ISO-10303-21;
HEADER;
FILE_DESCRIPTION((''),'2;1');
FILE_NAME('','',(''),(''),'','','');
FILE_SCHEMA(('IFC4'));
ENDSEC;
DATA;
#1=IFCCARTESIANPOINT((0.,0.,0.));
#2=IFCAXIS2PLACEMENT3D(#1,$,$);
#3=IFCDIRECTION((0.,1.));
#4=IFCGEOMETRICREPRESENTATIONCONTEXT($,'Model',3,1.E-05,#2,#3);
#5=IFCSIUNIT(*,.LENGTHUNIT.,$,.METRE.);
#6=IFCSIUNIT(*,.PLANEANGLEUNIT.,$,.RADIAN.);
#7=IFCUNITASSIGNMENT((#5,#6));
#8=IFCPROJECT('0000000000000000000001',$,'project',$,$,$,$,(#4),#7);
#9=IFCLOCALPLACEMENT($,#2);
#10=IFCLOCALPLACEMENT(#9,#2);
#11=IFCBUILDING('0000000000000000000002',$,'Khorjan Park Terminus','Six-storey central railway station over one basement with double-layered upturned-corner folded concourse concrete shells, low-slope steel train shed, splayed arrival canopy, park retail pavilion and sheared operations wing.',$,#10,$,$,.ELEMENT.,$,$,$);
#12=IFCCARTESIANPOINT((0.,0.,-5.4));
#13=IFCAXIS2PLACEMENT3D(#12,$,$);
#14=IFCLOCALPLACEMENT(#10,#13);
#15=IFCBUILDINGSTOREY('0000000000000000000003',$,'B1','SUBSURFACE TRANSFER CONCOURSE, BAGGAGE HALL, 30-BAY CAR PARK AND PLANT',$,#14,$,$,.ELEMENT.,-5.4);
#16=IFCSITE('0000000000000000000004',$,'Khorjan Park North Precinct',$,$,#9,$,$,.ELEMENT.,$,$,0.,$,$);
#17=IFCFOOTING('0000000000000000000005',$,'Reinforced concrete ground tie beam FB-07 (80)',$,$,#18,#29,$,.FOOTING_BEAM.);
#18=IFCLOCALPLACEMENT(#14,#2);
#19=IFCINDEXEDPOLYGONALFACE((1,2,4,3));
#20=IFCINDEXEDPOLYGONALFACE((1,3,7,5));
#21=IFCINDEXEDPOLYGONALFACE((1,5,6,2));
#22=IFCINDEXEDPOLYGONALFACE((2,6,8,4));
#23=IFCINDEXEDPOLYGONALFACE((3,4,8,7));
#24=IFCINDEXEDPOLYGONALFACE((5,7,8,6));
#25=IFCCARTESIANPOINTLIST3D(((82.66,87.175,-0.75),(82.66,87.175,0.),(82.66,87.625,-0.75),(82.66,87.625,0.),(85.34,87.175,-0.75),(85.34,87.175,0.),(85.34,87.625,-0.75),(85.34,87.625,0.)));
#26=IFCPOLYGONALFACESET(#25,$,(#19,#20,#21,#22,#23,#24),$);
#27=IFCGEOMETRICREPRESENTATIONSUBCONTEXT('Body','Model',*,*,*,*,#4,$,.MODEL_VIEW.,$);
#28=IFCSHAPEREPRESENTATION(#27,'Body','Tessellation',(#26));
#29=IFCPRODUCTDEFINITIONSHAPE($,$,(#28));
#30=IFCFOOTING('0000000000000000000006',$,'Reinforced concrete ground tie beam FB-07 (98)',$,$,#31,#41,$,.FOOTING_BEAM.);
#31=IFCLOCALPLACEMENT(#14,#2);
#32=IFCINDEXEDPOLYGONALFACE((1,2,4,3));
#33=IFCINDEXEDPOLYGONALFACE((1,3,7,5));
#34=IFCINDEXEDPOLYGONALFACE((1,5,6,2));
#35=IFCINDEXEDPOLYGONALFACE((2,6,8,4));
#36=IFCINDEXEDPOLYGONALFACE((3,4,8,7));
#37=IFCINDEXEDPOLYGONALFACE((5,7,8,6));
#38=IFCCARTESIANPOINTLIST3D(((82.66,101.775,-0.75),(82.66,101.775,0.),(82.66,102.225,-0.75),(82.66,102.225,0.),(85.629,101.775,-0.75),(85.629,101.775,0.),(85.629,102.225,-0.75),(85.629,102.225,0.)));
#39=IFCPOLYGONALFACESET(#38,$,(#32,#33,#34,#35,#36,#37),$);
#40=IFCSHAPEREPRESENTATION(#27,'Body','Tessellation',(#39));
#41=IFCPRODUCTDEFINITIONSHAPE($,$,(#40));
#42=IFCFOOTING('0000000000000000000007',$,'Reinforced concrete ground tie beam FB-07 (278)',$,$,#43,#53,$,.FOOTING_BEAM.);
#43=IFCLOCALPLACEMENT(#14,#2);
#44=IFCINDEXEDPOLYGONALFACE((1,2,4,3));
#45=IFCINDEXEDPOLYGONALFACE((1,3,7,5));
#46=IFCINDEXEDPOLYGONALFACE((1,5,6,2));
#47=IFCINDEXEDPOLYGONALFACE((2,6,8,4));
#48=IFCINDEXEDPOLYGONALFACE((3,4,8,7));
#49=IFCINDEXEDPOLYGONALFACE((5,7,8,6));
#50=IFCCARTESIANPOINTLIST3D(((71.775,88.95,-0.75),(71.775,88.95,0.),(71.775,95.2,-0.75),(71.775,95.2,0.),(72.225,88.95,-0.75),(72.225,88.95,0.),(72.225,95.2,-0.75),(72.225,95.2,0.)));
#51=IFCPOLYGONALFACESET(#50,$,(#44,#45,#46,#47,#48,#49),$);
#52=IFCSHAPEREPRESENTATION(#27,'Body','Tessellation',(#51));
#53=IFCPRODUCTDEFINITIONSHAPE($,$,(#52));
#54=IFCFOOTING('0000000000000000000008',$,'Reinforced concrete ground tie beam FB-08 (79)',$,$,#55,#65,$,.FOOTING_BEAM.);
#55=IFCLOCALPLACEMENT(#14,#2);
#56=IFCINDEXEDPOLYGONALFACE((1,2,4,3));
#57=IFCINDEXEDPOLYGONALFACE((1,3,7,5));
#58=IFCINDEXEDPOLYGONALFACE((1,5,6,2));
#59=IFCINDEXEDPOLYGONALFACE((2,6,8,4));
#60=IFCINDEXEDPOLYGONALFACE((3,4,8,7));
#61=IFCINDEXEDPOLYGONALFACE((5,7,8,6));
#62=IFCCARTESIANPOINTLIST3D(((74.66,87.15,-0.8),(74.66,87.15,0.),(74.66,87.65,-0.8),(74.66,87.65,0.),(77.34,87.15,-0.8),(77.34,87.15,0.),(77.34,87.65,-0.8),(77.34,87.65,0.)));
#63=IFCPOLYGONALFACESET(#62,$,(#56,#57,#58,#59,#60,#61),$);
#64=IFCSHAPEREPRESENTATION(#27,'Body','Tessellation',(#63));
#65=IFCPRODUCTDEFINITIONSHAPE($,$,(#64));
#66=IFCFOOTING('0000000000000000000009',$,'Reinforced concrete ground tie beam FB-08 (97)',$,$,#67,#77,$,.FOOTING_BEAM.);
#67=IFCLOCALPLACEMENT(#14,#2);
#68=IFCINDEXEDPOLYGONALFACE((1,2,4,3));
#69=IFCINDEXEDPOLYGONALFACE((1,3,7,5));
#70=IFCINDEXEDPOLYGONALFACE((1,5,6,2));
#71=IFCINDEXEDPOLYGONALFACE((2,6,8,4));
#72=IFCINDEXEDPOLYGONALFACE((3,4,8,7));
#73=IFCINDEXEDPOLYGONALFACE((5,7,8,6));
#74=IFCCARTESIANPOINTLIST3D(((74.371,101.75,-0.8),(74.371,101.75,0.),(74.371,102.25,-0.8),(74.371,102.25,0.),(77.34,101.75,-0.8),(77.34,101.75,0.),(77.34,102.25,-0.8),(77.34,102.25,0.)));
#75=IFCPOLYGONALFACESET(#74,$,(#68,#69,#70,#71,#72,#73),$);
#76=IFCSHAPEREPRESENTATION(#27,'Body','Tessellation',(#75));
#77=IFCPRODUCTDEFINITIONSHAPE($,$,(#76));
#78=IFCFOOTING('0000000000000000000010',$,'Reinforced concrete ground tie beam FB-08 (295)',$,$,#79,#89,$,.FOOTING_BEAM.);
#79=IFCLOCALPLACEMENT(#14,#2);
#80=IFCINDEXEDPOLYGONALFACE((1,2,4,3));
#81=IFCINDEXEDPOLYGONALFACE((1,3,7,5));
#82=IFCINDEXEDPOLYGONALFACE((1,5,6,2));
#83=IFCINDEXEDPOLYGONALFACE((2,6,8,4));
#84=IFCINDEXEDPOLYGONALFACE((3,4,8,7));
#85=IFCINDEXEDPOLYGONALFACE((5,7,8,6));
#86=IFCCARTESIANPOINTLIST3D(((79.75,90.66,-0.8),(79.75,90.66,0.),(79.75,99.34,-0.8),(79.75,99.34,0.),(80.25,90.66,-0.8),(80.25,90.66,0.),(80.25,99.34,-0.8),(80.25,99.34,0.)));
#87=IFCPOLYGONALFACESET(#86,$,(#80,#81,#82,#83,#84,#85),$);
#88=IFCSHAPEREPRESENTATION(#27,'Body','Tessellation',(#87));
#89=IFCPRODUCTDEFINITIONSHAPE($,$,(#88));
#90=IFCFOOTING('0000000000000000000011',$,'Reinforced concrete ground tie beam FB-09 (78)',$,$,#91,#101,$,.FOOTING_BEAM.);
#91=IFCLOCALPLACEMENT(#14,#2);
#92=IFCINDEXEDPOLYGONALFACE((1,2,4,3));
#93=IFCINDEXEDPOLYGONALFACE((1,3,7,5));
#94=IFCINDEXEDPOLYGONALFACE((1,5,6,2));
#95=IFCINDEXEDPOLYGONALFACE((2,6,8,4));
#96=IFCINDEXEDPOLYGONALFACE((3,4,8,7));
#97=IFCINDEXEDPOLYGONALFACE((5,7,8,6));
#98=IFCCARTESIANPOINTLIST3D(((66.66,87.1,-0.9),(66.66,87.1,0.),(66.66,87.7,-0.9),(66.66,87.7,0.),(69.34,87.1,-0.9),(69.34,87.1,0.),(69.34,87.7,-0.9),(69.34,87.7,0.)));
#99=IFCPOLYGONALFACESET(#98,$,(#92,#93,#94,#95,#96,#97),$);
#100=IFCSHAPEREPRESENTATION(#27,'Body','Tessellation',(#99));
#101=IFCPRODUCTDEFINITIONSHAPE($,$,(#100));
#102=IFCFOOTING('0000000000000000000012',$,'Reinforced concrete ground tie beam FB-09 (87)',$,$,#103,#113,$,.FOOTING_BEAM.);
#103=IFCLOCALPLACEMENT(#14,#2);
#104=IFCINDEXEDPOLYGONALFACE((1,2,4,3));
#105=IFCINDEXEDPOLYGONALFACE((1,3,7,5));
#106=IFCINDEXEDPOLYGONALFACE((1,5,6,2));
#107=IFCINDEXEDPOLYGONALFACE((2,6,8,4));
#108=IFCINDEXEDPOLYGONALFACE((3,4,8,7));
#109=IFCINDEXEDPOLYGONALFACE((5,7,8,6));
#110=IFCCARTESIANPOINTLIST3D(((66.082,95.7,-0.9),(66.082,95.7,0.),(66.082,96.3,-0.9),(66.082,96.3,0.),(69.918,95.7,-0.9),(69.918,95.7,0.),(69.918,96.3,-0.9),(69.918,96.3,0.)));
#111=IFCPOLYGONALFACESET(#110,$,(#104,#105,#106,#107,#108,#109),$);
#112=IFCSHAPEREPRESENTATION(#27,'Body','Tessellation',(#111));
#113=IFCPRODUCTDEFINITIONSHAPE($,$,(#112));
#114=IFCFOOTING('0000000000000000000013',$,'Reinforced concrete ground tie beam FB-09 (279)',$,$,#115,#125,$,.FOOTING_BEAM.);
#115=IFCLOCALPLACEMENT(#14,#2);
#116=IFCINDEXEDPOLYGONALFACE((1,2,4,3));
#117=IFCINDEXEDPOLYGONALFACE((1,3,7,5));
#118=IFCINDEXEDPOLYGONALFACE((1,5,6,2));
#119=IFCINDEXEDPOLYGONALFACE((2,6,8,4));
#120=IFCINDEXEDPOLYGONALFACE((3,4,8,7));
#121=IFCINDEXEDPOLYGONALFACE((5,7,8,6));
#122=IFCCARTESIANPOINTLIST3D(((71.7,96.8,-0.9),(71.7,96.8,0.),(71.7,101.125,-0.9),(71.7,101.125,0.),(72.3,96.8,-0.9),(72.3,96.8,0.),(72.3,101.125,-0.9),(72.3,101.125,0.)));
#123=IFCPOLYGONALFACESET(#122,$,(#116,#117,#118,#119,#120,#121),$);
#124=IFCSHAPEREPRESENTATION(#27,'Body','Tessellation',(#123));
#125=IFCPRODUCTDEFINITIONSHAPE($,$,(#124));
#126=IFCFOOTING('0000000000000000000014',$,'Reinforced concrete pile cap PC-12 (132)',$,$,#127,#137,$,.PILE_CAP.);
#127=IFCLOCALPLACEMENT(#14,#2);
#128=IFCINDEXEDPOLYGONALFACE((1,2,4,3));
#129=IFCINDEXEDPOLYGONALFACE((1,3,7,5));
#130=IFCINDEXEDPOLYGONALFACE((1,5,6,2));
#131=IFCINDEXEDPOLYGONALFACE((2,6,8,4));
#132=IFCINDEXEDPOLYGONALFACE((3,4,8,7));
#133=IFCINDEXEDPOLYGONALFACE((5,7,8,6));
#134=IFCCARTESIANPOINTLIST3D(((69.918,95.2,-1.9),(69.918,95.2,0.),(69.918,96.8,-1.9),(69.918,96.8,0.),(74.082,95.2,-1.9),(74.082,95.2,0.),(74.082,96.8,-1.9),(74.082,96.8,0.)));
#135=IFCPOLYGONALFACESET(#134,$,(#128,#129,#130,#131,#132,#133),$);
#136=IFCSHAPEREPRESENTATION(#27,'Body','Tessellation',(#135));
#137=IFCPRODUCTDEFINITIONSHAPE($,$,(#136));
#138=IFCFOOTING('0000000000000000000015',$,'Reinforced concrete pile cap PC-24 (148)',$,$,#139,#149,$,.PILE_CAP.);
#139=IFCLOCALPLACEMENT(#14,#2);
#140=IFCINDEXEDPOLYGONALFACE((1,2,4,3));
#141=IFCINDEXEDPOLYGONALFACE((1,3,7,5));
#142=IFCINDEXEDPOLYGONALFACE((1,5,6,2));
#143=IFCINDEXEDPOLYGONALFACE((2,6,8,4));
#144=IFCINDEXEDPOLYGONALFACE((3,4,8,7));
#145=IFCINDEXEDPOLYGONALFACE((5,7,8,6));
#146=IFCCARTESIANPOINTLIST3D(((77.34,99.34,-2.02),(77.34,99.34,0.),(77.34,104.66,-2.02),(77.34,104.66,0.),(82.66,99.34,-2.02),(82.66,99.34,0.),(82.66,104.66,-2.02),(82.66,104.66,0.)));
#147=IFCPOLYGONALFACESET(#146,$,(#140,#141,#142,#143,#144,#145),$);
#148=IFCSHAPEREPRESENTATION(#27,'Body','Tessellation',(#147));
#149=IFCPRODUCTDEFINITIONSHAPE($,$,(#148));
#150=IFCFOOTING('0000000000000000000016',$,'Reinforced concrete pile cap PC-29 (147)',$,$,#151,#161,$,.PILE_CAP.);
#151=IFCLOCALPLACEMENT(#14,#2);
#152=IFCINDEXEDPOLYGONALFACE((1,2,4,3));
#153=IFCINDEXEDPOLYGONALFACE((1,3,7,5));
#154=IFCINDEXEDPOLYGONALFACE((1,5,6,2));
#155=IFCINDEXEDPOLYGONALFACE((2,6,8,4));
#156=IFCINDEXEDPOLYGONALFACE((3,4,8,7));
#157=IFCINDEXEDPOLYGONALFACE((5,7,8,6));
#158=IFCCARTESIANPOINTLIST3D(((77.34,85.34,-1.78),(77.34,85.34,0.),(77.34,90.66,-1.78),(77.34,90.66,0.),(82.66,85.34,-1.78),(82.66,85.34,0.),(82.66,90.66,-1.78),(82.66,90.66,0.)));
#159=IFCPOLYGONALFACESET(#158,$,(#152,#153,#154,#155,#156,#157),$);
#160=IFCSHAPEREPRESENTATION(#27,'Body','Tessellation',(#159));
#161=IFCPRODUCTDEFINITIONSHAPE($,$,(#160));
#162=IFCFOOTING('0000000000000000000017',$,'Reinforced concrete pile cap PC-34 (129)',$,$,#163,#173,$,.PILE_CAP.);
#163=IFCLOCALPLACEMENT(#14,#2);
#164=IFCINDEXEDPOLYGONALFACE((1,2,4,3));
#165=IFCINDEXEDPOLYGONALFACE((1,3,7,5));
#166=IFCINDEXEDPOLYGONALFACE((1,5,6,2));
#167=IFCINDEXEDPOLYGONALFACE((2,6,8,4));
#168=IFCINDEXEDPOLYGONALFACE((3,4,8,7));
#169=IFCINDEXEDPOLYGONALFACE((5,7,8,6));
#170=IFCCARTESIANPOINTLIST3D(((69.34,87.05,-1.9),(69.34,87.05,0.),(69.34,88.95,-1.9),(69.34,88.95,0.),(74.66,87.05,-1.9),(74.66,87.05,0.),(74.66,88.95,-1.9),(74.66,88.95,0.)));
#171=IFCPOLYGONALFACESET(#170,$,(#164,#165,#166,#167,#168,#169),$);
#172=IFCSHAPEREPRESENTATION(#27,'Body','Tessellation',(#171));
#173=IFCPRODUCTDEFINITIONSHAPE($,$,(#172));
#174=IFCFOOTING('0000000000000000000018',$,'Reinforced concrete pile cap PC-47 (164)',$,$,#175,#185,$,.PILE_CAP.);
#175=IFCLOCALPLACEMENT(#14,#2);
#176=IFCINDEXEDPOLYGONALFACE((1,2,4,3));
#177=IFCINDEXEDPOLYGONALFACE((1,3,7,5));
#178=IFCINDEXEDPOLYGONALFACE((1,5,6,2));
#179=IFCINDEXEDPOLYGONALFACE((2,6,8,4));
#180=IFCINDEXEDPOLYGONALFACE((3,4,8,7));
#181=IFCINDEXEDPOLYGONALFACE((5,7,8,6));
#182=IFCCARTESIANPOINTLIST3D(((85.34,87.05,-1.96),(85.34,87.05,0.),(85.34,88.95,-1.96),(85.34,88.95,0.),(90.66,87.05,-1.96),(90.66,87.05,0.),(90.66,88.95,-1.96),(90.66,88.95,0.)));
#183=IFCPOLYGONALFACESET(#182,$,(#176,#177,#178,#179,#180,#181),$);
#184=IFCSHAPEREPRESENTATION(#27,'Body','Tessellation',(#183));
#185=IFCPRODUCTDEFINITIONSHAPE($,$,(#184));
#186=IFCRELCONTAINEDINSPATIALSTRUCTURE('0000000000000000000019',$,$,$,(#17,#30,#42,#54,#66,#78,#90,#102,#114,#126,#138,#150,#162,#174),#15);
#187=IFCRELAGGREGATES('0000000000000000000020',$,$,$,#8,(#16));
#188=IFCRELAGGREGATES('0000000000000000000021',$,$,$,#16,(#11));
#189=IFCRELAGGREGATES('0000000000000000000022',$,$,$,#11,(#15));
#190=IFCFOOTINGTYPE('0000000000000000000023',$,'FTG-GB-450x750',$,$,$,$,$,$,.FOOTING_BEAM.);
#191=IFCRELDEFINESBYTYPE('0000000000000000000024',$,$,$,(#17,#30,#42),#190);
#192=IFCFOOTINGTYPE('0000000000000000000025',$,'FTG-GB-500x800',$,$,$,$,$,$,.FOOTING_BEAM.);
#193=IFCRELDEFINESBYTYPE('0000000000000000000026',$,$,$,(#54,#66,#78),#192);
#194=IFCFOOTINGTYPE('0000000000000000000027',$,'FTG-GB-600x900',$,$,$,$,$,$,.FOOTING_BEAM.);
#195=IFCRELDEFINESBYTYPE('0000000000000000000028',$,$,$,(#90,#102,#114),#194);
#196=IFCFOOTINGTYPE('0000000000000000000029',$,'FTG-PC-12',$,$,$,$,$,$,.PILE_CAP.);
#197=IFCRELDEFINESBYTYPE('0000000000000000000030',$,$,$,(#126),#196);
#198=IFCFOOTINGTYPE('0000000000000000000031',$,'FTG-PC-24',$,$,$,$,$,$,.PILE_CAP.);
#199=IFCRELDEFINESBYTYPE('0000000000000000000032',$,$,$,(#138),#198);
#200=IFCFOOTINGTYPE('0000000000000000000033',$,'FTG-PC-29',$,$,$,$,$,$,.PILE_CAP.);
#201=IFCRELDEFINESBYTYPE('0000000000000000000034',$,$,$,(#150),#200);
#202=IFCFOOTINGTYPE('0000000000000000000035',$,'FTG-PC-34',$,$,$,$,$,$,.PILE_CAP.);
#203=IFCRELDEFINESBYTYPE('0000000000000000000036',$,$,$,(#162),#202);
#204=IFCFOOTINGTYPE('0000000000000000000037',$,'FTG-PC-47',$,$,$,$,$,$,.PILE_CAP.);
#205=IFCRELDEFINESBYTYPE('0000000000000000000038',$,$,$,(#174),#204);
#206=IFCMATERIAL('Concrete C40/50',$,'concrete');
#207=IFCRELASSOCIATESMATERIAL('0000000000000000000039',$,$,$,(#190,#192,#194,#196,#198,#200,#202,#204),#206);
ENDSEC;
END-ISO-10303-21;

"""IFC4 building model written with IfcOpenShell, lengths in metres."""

from ifc_helpers import new_model, si_unit, direction, frame, origin, origin_2d, place, context, subcontext, project, spatial, rectangle, extrude, material, material_profile, profile_set, type_object, element, save


model = new_model("IFC4")

# Units and contexts
model_context = context("Model", 3, precision=1e-05, world=origin(), true_north=direction((0.0, 1.0)))
body_context = subcontext(model_context, "Body", "Model", "MODEL_VIEW")
ifc_project = project(units=[si_unit("LENGTHUNIT", "METRE"), si_unit("PLANEANGLEUNIT", "RADIAN")], contexts=[model_context])

# Site, building, storey
site_placement = place(None, origin())
site = spatial("IfcSite", under=ifc_project, at=site_placement, Name="Khorjan Park North Precinct", CompositionType="ELEMENT", RefElevation=0.0)
building_placement = place(site_placement, origin())
building = spatial("IfcBuilding", under=site, at=building_placement, Name="Khorjan Park Terminus", Description="Six-storey central railway station over one basement with double-layered upturned-corner folded concourse concrete shells, low-slope steel train shed, splayed arrival canopy, park retail pavilion and sheared operations wing.", CompositionType="ELEMENT")
storey_placement = place(building_placement, frame((0.0, 0.0, -5.4)))
storey = spatial("IfcBuildingStorey", under=building, at=storey_placement, Name="B1", Description="SUBSURFACE TRANSFER CONCOURSE, BAGGAGE HALL, 30-BAY CAR PARK AND PLANT", CompositionType="ELEMENT", Elevation=-5.4)

# Footings
ifc_material_1 = material(Name="Concrete C40/50", Category="concrete")
ifc_material_profile_1 = material_profile(ifc_material_1, rectangle(XDim=0.45, YDim=0.75, at=origin_2d()), Name="RC 450x750")
ifc_profile_set_1 = profile_set([ifc_material_profile_1], Name="Concrete C40/50")
footing_type_1 = type_object("IfcFootingType", Name="FTG-GB-450x750", PredefinedType="FOOTING_BEAM", material=ifc_profile_set_1)
footing_1_placement = place(storey_placement, frame((82.66, 87.4, -0.375), z_axis=(1.0, 0.0, 0.0), x_axis=(0.0, 1.0, 0.0)))
element("IfcFooting", 1, at=footing_1_placement, inside=storey, type_object=footing_type_1, Name="Reinforced concrete ground tie beam FB-07 (80)", PredefinedType="FOOTING_BEAM", context=body_context, shape_type="SweptSolid", body=[
    extrude(rectangle(XDim=0.45, YDim=0.75, at=origin_2d()), origin(), (0.0, 0.0, 1.0), 2.68),
])
footing_2_placement = place(storey_placement, frame((82.66, 102.0, -0.375), z_axis=(1.0, 0.0, 0.0), x_axis=(0.0, 1.0, 0.0)))
element("IfcFooting", 2, at=footing_2_placement, inside=storey, type_object=footing_type_1, Name="Reinforced concrete ground tie beam FB-07 (98)", PredefinedType="FOOTING_BEAM", context=body_context, shape_type="SweptSolid", body=[
    extrude(rectangle(XDim=0.45, YDim=0.75, at=origin_2d()), origin(), (0.0, 0.0, 1.0), 2.969),
])
footing_3_placement = place(storey_placement, frame((72.0, 88.95, -0.375), z_axis=(0.0, 1.0, 0.0), x_axis=(-1.0, 0.0, 0.0)))
element("IfcFooting", 3, at=footing_3_placement, inside=storey, type_object=footing_type_1, Name="Reinforced concrete ground tie beam FB-07 (278)", PredefinedType="FOOTING_BEAM", context=body_context, shape_type="SweptSolid", body=[
    extrude(rectangle(XDim=0.45, YDim=0.75, at=origin_2d()), origin(), (0.0, 0.0, 1.0), 6.25),
])
ifc_material_profile_2 = material_profile(ifc_material_1, rectangle(XDim=0.5, YDim=0.8, at=origin_2d()), Name="RC 500x800")
ifc_profile_set_2 = profile_set([ifc_material_profile_2], Name="Concrete C40/50")
footing_type_2 = type_object("IfcFootingType", Name="FTG-GB-500x800", PredefinedType="FOOTING_BEAM", material=ifc_profile_set_2)
footing_4_placement = place(storey_placement, frame((74.66, 87.4, -0.4), z_axis=(1.0, 0.0, 0.0), x_axis=(0.0, 1.0, 0.0)))
element("IfcFooting", 4, at=footing_4_placement, inside=storey, type_object=footing_type_2, Name="Reinforced concrete ground tie beam FB-08 (79)", PredefinedType="FOOTING_BEAM", context=body_context, shape_type="SweptSolid", body=[
    extrude(rectangle(XDim=0.5, YDim=0.8, at=origin_2d()), origin(), (0.0, 0.0, 1.0), 2.68),
])
footing_5_placement = place(storey_placement, frame((74.371, 102.0, -0.4), z_axis=(1.0, 0.0, 0.0), x_axis=(0.0, 1.0, 0.0)))
element("IfcFooting", 5, at=footing_5_placement, inside=storey, type_object=footing_type_2, Name="Reinforced concrete ground tie beam FB-08 (97)", PredefinedType="FOOTING_BEAM", context=body_context, shape_type="SweptSolid", body=[
    extrude(rectangle(XDim=0.5, YDim=0.8, at=origin_2d()), origin(), (0.0, 0.0, 1.0), 2.969),
])
footing_6_placement = place(storey_placement, frame((80.0, 90.66, -0.4), z_axis=(0.0, 1.0, 0.0), x_axis=(-1.0, 0.0, 0.0)))
element("IfcFooting", 6, at=footing_6_placement, inside=storey, type_object=footing_type_2, Name="Reinforced concrete ground tie beam FB-08 (295)", PredefinedType="FOOTING_BEAM", context=body_context, shape_type="SweptSolid", body=[
    extrude(rectangle(XDim=0.5, YDim=0.8, at=origin_2d()), origin(), (0.0, 0.0, 1.0), 8.68),
])
ifc_material_profile_3 = material_profile(ifc_material_1, rectangle(XDim=0.6, YDim=0.9, at=origin_2d()), Name="RC 600x900")
ifc_profile_set_3 = profile_set([ifc_material_profile_3], Name="Concrete C40/50")
footing_type_3 = type_object("IfcFootingType", Name="FTG-GB-600x900", PredefinedType="FOOTING_BEAM", material=ifc_profile_set_3)
footing_7_placement = place(storey_placement, frame((66.66, 87.4, -0.45), z_axis=(1.0, 0.0, 0.0), x_axis=(0.0, 1.0, 0.0)))
element("IfcFooting", 7, at=footing_7_placement, inside=storey, type_object=footing_type_3, Name="Reinforced concrete ground tie beam FB-09 (78)", PredefinedType="FOOTING_BEAM", context=body_context, shape_type="SweptSolid", body=[
    extrude(rectangle(XDim=0.6, YDim=0.9, at=origin_2d()), origin(), (0.0, 0.0, 1.0), 2.68),
])
footing_8_placement = place(storey_placement, frame((66.082, 96.0, -0.45), z_axis=(1.0, 0.0, 0.0), x_axis=(0.0, 1.0, 0.0)))
element("IfcFooting", 8, at=footing_8_placement, inside=storey, type_object=footing_type_3, Name="Reinforced concrete ground tie beam FB-09 (87)", PredefinedType="FOOTING_BEAM", context=body_context, shape_type="SweptSolid", body=[
    extrude(rectangle(XDim=0.6, YDim=0.9, at=origin_2d()), origin(), (0.0, 0.0, 1.0), 3.836),
])
footing_9_placement = place(storey_placement, frame((72.0, 96.8, -0.45), z_axis=(0.0, 1.0, 0.0), x_axis=(-1.0, 0.0, 0.0)))
element("IfcFooting", 9, at=footing_9_placement, inside=storey, type_object=footing_type_3, Name="Reinforced concrete ground tie beam FB-09 (279)", PredefinedType="FOOTING_BEAM", context=body_context, shape_type="SweptSolid", body=[
    extrude(rectangle(XDim=0.6, YDim=0.9, at=origin_2d()), origin(), (0.0, 0.0, 1.0), 4.325),
])
footing_type_4 = type_object("IfcFootingType", Name="FTG-PC-12", PredefinedType="PILE_CAP", material=ifc_material_1)
footing_10_placement = place(storey_placement, frame((72.0, 96.0, -1.9), z_axis=(0.0, 0.0, 1.0), x_axis=(1.0, 0.0, 0.0)))
element("IfcFooting", 10, at=footing_10_placement, inside=storey, type_object=footing_type_4, Name="Reinforced concrete pile cap PC-12 (132)", PredefinedType="PILE_CAP", context=body_context, shape_type="SweptSolid", body=[
    extrude(rectangle(XDim=4.164, YDim=1.6, at=origin_2d()), origin(), (0.0, 0.0, 1.0), 1.9),
])
footing_type_5 = type_object("IfcFootingType", Name="FTG-PC-24", PredefinedType="PILE_CAP", material=ifc_material_1)
footing_11_placement = place(storey_placement, frame((80.0, 102.0, -2.02), z_axis=(0.0, 0.0, 1.0), x_axis=(1.0, 0.0, 0.0)))
element("IfcFooting", 11, at=footing_11_placement, inside=storey, type_object=footing_type_5, Name="Reinforced concrete pile cap PC-24 (148)", PredefinedType="PILE_CAP", context=body_context, shape_type="SweptSolid", body=[
    extrude(rectangle(XDim=5.32, YDim=5.32, at=origin_2d()), origin(), (0.0, 0.0, 1.0), 2.02),
])
footing_type_6 = type_object("IfcFootingType", Name="FTG-PC-29", PredefinedType="PILE_CAP", material=ifc_material_1)
footing_12_placement = place(storey_placement, frame((80.0, 88.0, -1.78), z_axis=(0.0, 0.0, 1.0), x_axis=(1.0, 0.0, 0.0)))
element("IfcFooting", 12, at=footing_12_placement, inside=storey, type_object=footing_type_6, Name="Reinforced concrete pile cap PC-29 (147)", PredefinedType="PILE_CAP", context=body_context, shape_type="SweptSolid", body=[
    extrude(rectangle(XDim=5.32, YDim=5.32, at=origin_2d()), origin(), (0.0, 0.0, 1.0), 1.78),
])
footing_type_7 = type_object("IfcFootingType", Name="FTG-PC-34", PredefinedType="PILE_CAP", material=ifc_material_1)
footing_13_placement = place(storey_placement, frame((72.0, 88.0, -1.9), z_axis=(0.0, 0.0, 1.0), x_axis=(1.0, 0.0, 0.0)))
element("IfcFooting", 13, at=footing_13_placement, inside=storey, type_object=footing_type_7, Name="Reinforced concrete pile cap PC-34 (129)", PredefinedType="PILE_CAP", context=body_context, shape_type="SweptSolid", body=[
    extrude(rectangle(XDim=5.32, YDim=1.9, at=origin_2d()), origin(), (0.0, 0.0, 1.0), 1.9),
])
footing_type_8 = type_object("IfcFootingType", Name="FTG-PC-47", PredefinedType="PILE_CAP", material=ifc_material_1)
footing_14_placement = place(storey_placement, frame((88.0, 88.0, -1.96), z_axis=(0.0, 0.0, 1.0), x_axis=(1.0, 0.0, 0.0)))
element("IfcFooting", 14, at=footing_14_placement, inside=storey, type_object=footing_type_8, Name="Reinforced concrete pile cap PC-47 (164)", PredefinedType="PILE_CAP", context=body_context, shape_type="SweptSolid", body=[
    extrude(rectangle(XDim=5.32, YDim=1.9, at=origin_2d()), origin(), (0.0, 0.0, 1.0), 1.96),
])

save(model, "model.ifc")
